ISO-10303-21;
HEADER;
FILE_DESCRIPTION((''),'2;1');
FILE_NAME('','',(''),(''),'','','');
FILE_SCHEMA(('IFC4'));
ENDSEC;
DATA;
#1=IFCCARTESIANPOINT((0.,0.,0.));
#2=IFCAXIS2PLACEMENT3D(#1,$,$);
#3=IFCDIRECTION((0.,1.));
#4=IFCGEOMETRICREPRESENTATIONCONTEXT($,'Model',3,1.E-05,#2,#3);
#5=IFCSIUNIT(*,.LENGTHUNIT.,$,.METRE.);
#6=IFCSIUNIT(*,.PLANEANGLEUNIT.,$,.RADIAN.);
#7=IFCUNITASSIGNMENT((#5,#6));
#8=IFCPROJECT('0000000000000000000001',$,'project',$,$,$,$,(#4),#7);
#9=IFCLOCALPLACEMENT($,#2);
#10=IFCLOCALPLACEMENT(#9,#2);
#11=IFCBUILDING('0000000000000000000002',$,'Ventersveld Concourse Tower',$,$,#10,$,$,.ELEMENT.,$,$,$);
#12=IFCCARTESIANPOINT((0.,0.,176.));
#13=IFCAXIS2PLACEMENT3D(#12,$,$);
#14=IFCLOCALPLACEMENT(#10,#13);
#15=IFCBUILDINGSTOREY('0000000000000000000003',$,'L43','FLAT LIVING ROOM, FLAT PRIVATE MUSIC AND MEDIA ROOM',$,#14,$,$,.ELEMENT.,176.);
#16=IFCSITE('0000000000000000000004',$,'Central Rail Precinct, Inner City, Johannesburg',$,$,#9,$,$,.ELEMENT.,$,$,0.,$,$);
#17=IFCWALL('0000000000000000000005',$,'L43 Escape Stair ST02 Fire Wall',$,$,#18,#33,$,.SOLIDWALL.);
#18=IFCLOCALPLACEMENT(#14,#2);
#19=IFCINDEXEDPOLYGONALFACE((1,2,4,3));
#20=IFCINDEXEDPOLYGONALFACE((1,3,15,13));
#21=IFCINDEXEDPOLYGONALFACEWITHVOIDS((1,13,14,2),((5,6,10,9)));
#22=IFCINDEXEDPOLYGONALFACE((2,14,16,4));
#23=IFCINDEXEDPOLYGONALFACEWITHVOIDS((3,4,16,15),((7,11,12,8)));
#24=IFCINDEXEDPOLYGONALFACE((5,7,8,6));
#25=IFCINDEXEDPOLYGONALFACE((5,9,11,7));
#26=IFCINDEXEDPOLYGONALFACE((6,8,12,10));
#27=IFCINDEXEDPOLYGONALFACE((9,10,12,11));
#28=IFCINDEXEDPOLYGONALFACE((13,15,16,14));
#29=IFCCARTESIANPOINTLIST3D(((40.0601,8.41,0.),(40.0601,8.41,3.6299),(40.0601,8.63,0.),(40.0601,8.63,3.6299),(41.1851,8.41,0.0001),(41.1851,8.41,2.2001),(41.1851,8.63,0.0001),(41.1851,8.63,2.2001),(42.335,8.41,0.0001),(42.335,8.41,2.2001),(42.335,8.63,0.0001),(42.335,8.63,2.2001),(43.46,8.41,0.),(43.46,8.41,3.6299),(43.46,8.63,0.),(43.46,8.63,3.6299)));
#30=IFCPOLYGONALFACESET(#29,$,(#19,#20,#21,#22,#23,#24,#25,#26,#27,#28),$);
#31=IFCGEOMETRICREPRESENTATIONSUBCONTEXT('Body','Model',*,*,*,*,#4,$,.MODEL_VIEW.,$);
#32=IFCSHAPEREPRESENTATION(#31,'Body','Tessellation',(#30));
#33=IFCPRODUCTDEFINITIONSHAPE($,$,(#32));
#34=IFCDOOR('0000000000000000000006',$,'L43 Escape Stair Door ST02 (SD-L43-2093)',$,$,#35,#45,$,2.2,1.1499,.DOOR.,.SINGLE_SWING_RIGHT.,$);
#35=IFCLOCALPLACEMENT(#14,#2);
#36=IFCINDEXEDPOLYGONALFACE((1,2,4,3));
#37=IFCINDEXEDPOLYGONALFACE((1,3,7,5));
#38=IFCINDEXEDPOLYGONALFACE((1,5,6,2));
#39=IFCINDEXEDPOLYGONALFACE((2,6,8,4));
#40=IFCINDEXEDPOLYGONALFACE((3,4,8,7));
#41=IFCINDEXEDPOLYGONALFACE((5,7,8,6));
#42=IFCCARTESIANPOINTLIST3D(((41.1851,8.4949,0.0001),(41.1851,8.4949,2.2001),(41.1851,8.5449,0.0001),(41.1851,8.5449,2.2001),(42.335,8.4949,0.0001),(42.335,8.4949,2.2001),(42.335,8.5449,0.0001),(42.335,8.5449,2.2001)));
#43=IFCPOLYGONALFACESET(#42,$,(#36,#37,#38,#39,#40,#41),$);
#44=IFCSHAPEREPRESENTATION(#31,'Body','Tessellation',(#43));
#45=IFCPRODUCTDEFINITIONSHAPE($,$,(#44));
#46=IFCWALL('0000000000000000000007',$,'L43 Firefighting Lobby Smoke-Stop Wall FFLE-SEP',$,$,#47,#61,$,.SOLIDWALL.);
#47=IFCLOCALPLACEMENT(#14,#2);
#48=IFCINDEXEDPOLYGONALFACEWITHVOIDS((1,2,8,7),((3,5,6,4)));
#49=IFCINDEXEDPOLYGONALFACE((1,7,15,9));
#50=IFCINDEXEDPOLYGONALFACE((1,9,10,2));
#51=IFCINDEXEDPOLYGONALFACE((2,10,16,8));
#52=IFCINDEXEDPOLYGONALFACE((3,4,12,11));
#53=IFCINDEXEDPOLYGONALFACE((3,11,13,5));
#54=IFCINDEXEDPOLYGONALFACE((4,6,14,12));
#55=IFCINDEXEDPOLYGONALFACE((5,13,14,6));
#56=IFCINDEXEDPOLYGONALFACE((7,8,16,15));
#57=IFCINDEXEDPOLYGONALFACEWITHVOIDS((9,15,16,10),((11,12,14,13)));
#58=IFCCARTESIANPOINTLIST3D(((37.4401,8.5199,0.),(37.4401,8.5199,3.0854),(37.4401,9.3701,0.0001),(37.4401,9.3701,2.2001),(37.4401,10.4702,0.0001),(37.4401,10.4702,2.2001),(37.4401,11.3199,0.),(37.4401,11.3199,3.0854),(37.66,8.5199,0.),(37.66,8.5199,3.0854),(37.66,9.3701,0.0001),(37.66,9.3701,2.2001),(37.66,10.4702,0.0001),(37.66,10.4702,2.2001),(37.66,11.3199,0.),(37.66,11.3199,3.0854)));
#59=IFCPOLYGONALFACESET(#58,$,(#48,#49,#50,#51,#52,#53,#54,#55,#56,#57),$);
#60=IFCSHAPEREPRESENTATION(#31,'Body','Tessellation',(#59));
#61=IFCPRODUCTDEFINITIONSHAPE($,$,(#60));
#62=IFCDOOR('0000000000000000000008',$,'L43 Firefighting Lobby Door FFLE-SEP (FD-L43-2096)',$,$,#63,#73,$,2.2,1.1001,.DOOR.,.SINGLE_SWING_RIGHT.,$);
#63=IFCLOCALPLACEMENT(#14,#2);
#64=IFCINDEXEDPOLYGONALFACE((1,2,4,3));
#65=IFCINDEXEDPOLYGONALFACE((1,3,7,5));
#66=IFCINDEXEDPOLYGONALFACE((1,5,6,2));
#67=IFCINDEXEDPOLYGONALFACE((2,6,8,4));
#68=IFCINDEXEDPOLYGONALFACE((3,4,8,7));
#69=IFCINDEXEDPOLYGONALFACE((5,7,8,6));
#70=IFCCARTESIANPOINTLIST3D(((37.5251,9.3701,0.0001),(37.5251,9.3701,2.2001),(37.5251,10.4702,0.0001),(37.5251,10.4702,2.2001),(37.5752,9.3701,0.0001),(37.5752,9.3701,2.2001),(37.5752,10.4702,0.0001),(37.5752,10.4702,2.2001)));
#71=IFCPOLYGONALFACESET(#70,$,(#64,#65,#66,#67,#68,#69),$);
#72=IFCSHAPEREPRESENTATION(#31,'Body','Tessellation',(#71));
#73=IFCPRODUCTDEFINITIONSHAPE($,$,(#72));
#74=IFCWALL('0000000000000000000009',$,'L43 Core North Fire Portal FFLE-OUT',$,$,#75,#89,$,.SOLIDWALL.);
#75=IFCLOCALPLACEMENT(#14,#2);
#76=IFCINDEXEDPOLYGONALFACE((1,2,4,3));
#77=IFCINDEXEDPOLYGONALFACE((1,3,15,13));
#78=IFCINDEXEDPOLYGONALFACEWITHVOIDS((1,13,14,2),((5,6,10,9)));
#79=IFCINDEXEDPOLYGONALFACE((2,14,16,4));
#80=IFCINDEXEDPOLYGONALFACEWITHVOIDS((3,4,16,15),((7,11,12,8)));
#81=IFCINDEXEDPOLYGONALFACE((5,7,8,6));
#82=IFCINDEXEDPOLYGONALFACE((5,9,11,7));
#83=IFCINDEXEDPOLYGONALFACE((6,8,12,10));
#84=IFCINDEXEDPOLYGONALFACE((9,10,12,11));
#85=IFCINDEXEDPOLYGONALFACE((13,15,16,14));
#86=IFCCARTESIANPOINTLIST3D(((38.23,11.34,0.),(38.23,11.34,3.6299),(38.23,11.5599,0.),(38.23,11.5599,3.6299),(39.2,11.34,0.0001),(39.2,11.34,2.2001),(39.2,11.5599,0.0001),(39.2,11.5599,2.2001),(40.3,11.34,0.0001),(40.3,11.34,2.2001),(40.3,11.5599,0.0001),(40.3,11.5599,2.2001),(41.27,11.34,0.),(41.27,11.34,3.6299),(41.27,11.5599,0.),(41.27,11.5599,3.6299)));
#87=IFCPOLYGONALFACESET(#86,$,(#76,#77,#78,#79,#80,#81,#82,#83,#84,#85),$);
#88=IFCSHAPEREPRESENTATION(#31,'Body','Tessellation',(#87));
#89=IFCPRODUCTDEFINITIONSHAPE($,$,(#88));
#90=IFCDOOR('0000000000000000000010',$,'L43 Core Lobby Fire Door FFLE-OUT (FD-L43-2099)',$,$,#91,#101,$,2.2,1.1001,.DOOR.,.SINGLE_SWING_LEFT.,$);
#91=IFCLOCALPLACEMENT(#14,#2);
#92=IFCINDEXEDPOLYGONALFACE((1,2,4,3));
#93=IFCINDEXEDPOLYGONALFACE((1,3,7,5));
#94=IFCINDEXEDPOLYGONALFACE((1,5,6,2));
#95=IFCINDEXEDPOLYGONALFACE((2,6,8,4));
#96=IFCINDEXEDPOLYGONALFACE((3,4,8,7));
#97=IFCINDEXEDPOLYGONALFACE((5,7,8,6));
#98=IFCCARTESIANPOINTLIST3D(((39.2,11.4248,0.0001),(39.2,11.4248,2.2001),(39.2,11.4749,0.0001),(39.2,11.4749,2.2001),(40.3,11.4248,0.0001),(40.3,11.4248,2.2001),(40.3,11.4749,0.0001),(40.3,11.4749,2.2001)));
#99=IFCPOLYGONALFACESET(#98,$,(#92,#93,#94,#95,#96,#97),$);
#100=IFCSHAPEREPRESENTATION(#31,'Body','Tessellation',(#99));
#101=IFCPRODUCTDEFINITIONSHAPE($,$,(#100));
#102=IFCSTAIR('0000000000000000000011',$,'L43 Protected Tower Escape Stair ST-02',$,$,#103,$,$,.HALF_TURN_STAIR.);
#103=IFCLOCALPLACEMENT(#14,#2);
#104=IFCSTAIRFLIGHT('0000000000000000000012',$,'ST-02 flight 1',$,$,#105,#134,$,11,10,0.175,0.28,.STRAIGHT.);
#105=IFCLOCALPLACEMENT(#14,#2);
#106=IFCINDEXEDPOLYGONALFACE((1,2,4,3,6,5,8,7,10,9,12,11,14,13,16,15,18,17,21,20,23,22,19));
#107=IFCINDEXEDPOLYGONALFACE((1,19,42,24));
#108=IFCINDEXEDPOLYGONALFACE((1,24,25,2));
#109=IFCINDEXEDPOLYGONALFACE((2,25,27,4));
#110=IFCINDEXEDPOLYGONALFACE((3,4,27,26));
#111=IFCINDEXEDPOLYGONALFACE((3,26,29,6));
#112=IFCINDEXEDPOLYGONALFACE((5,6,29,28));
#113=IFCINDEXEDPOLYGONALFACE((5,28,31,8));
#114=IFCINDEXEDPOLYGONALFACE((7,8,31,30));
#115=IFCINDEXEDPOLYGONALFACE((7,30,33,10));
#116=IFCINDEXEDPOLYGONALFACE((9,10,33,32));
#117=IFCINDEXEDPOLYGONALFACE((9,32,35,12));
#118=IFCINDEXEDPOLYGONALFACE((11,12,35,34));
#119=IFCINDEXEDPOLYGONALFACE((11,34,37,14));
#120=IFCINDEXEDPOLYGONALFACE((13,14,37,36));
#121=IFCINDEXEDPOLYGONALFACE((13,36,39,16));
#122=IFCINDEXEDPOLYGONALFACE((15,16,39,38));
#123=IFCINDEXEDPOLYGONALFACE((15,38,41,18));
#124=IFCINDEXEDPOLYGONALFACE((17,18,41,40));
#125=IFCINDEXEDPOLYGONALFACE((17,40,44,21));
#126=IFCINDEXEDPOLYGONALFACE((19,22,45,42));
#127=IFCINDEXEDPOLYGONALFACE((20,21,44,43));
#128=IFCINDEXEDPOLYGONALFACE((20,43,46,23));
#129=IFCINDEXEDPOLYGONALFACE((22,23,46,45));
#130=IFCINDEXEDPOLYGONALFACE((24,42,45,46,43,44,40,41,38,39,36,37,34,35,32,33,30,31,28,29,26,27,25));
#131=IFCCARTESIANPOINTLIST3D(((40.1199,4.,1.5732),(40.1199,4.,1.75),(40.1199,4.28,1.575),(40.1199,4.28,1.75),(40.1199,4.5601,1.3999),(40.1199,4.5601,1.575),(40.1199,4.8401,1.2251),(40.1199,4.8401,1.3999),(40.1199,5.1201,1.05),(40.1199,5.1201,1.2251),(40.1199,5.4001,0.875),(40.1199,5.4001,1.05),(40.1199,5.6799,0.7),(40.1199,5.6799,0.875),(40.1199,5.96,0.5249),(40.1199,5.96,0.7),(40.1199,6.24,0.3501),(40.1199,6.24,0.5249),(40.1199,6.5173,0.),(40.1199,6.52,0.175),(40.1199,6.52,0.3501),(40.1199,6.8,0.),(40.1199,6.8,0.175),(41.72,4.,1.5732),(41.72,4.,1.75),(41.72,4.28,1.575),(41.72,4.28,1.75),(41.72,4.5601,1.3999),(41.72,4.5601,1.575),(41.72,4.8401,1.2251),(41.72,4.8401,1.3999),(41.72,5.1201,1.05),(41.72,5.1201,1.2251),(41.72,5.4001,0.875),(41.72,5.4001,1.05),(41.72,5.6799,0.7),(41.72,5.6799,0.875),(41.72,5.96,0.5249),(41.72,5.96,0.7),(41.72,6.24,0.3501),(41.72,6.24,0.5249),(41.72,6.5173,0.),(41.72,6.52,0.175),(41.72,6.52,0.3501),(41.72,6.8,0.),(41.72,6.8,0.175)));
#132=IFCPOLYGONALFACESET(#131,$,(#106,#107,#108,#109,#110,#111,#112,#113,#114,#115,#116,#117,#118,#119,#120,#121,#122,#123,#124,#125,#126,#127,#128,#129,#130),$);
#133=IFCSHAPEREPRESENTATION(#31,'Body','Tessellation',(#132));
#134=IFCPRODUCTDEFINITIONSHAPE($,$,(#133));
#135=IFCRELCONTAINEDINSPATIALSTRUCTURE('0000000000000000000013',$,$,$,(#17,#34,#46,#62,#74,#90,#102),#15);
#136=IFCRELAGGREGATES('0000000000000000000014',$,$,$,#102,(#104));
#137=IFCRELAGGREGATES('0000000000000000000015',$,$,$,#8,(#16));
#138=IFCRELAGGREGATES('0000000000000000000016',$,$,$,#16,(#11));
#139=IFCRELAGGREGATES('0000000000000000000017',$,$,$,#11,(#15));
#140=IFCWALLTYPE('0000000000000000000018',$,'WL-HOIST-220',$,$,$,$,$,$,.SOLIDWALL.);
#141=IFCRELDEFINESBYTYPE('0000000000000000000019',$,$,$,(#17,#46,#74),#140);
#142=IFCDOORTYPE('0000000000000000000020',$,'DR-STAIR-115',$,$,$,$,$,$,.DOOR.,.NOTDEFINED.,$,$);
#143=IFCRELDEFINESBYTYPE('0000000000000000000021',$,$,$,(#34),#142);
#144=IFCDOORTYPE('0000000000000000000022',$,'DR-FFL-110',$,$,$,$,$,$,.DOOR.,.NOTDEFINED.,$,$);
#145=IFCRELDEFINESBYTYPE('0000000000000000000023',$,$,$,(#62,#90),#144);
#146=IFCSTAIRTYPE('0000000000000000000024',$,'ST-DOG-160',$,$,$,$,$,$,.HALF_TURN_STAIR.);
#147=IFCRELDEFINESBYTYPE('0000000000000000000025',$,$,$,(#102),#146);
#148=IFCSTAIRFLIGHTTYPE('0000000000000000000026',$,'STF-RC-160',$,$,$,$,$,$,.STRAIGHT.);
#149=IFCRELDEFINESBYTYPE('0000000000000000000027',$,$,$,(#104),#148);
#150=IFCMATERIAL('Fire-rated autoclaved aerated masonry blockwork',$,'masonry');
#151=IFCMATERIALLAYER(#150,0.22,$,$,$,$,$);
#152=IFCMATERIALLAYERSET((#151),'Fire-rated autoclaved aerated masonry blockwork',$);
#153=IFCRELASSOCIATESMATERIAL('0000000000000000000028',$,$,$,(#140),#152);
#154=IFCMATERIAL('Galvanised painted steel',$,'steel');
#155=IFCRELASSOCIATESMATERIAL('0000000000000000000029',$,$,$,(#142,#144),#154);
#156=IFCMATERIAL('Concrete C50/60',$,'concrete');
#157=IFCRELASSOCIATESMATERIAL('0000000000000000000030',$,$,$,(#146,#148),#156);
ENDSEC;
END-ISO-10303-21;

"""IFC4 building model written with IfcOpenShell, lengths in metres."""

from ifc_helpers import new_model, si_unit, direction, frame, frame_2d, origin, place, context, subcontext, project, spatial, polyline, rectangle, outline, extrude, material, layer, layer_set, type_object, element, fill, aggregate, save


model = new_model("IFC4")

# Units and contexts
model_context = context("Model", 3, precision=1e-05, world=origin(), true_north=direction((0.0, 1.0)))
body_context = subcontext(model_context, "Body", "Model", "MODEL_VIEW")
ifc_project = project(units=[si_unit("LENGTHUNIT", "METRE"), si_unit("PLANEANGLEUNIT", "RADIAN")], contexts=[model_context])

# Site, building, storey
site_placement = place(None, origin())
site = spatial("IfcSite", under=ifc_project, at=site_placement, Name="Central Rail Precinct, Inner City, Johannesburg", CompositionType="ELEMENT", RefElevation=0.0)
building_placement = place(site_placement, origin())
building = spatial("IfcBuilding", under=site, at=building_placement, Name="Ventersveld Concourse Tower", CompositionType="ELEMENT")
storey_placement = place(building_placement, frame((0.0, 0.0, 176.0)))
storey = spatial("IfcBuildingStorey", under=building, at=storey_placement, Name="L43", Description="FLAT LIVING ROOM, FLAT PRIVATE MUSIC AND MEDIA ROOM", CompositionType="ELEMENT", Elevation=176.0)

# Shared definitions
ifc_material_1 = material(Name="Fire-rated autoclaved aerated masonry blockwork", Category="masonry")
ifc_layer_1 = layer(ifc_material_1, 0.22)
ifc_layer_set_1 = layer_set([ifc_layer_1], Name="Fire-rated autoclaved aerated masonry blockwork")
wall_type_1 = type_object("IfcWallType", Name="WL-HOIST-220", PredefinedType="SOLIDWALL", material=ifc_layer_set_1)

# Walls, openings, doors
wall_1_placement = place(storey_placement, frame((40.0601, 8.52, 0.0), z_axis=(0.0, 0.0, 1.0), x_axis=(1.0, 0.0, 0.0)))
wall_1 = element("IfcWall", 1, at=wall_1_placement, inside=storey, type_object=wall_type_1, Name="L43 Escape Stair ST02 Fire Wall", PredefinedType="SOLIDWALL", context=body_context, shape_type="SweptSolid", body=[
    extrude(rectangle(XDim=3.3999, YDim=0.22, at=frame_2d((1.7, 0.0))), origin(), (0.0, 0.0, 1.0), 3.6299),
])
opening_1_placement = place(wall_1_placement, frame((1.125, 0.0, 0.0)))
opening_1 = element("IfcOpeningElement", 2, at=opening_1_placement, cuts=wall_1, PredefinedType="OPENING", context=body_context, shape_type="SweptSolid", body=[
    extrude(rectangle(XDim=1.1499, YDim=2.2, at=frame_2d((0.575, 1.1001))), frame((0.0, 0.1201, 0.0), z_axis=(0.0, -1.0, 0.0), x_axis=(1.0, 0.0, 0.0)), (0.0, 0.0, 1.0), 0.24),
])
ifc_material_2 = material(Name="Galvanised painted steel", Category="steel")
door_type_1 = type_object("IfcDoorType", Name="DR-STAIR-115", OperationType="NOTDEFINED", PredefinedType="DOOR", material=ifc_material_2)
door_1_placement = place(opening_1_placement, origin())
door_1 = element("IfcDoor", 3, at=door_1_placement, inside=storey, type_object=door_type_1, Name="L43 Escape Stair Door ST02 (SD-L43-2093)", OperationType="SINGLE_SWING_RIGHT", OverallHeight=2.2, OverallWidth=1.1499, PredefinedType="DOOR", context=body_context, shape_type="SweptSolid", body=[
    extrude(rectangle(XDim=1.1499, YDim=2.2, at=frame_2d((0.575, 1.1001))), frame((0.0, 0.0249, 0.0), z_axis=(0.0, -1.0, 0.0), x_axis=(1.0, 0.0, 0.0)), (0.0, 0.0, 1.0), 0.05),
])
fill(opening_1, door_1)
wall_2_placement = place(storey_placement, frame((37.55, 8.52, 0.0), z_axis=(0.0, 0.0, 1.0), x_axis=(0.0, 1.0, 0.0)))
wall_2 = element("IfcWall", 4, at=wall_2_placement, inside=storey, type_object=wall_type_1, Name="L43 Firefighting Lobby Smoke-Stop Wall FFLE-SEP", PredefinedType="SOLIDWALL", context=body_context, shape_type="SweptSolid", body=[
    extrude(rectangle(XDim=2.8, YDim=0.22, at=frame_2d((1.3999, 0.0))), origin(), (0.0, 0.0, 1.0), 3.0854),
])
opening_2_placement = place(wall_2_placement, frame((0.8501, 0.0, 0.0)))
opening_2 = element("IfcOpeningElement", 5, at=opening_2_placement, cuts=wall_2, PredefinedType="OPENING", context=body_context, shape_type="SweptSolid", body=[
    extrude(rectangle(XDim=1.1001, YDim=2.2, at=frame_2d((0.55, 1.1001))), frame((0.0, 0.1201, 0.0), z_axis=(0.0, -1.0, 0.0), x_axis=(1.0, 0.0, 0.0)), (0.0, 0.0, 1.0), 0.24),
])
door_type_2 = type_object("IfcDoorType", Name="DR-FFL-110", OperationType="NOTDEFINED", PredefinedType="DOOR", material=ifc_material_2)
door_2_placement = place(opening_2_placement, origin())
door_2 = element("IfcDoor", 6, at=door_2_placement, inside=storey, type_object=door_type_2, Name="L43 Firefighting Lobby Door FFLE-SEP (FD-L43-2096)", OperationType="SINGLE_SWING_RIGHT", OverallHeight=2.2, OverallWidth=1.1001, PredefinedType="DOOR", context=body_context, shape_type="SweptSolid", body=[
    extrude(rectangle(XDim=1.1001, YDim=2.2, at=frame_2d((0.55, 1.1001))), frame((0.0, 0.0249, 0.0), z_axis=(0.0, -1.0, 0.0), x_axis=(1.0, 0.0, 0.0)), (0.0, 0.0, 1.0), 0.05),
])
fill(opening_2, door_2)
wall_3_placement = place(storey_placement, frame((38.23, 11.45, 0.0), z_axis=(0.0, 0.0, 1.0), x_axis=(1.0, 0.0, 0.0)))
wall_3 = element("IfcWall", 7, at=wall_3_placement, inside=storey, type_object=wall_type_1, Name="L43 Core North Fire Portal FFLE-OUT", PredefinedType="SOLIDWALL", context=body_context, shape_type="SweptSolid", body=[
    extrude(rectangle(XDim=3.04, YDim=0.22, at=frame_2d((1.52, 0.0))), origin(), (0.0, 0.0, 1.0), 3.6299),
])
opening_3_placement = place(wall_3_placement, frame((0.97, 0.0, 0.0)))
opening_3 = element("IfcOpeningElement", 8, at=opening_3_placement, cuts=wall_3, PredefinedType="OPENING", context=body_context, shape_type="SweptSolid", body=[
    extrude(rectangle(XDim=1.1001, YDim=2.2, at=frame_2d((0.55, 1.1001))), frame((0.0, 0.1201, 0.0), z_axis=(0.0, -1.0, 0.0), x_axis=(1.0, 0.0, 0.0)), (0.0, 0.0, 1.0), 0.24),
])
door_3_placement = place(opening_3_placement, origin())
door_3 = element("IfcDoor", 9, at=door_3_placement, inside=storey, type_object=door_type_2, Name="L43 Core Lobby Fire Door FFLE-OUT (FD-L43-2099)", OperationType="SINGLE_SWING_LEFT", OverallHeight=2.2, OverallWidth=1.1001, PredefinedType="DOOR", context=body_context, shape_type="SweptSolid", body=[
    extrude(rectangle(XDim=1.1001, YDim=2.2, at=frame_2d((0.55, 1.1001))), frame((0.0, 0.0249, 0.0), z_axis=(0.0, -1.0, 0.0), x_axis=(1.0, 0.0, 0.0)), (0.0, 0.0, 1.0), 0.05),
])
fill(opening_3, door_3)

# Stair, stair flight
ifc_material_3 = material(Name="Concrete C50/60", Category="concrete")
stair_type = type_object("IfcStairType", Name="ST-DOG-160", PredefinedType="HALF_TURN_STAIR", material=ifc_material_3)
stair_placement = place(storey_placement, origin())
stair = element("IfcStair", 10, at=stair_placement, inside=storey, type_object=stair_type, Name="L43 Protected Tower Escape Stair ST-02", PredefinedType="HALF_TURN_STAIR")
stair_flight_type = type_object("IfcStairFlightType", Name="STF-RC-160", PredefinedType="STRAIGHT", material=ifc_material_3)
stair_flight_placement = place(storey_placement, frame((40.9199, 6.8, 0.0), z_axis=(0.0, 0.0, 1.0), x_axis=(0.0, -1.0, 0.0)))
stair_flight = element("IfcStairFlight", 11, at=stair_flight_placement, type_object=stair_flight_type, Name="ST-02 flight 1", NumberOfRisers=11, NumberOfTreads=10, PredefinedType="STRAIGHT", RiserHeight=0.175, TreadLength=0.28, context=body_context, shape_type="SweptSolid", body=[
    extrude(outline(polyline([(0.0, 0.0), (0.0, 0.175), (0.28, 0.175), (0.28, 0.3501), (0.5601, 0.3501), (0.5601, 0.5249), (0.8401, 0.5249), (0.8401, 0.7), (1.1201, 0.7), (1.1201, 0.875), (1.3999, 0.875), (1.3999, 1.05), (1.6799, 1.05), (1.6799, 1.2251), (1.96, 1.2251), (1.96, 1.3999), (2.24, 1.3999), (2.24, 1.575), (2.52, 1.575), (2.52, 1.75), (2.8, 1.75), (2.8, 1.925), (2.8, 1.5732), (0.2827, 0.0), (0.0, 0.0)])), frame((0.0, 0.8, 0.0), z_axis=(0.0, -1.0, 0.0), x_axis=(1.0, 0.0, 0.0)), (0.0, 0.0, 1.0), 1.6001),
])
aggregate(stair, [stair_flight])

save(model, "model.ifc")
